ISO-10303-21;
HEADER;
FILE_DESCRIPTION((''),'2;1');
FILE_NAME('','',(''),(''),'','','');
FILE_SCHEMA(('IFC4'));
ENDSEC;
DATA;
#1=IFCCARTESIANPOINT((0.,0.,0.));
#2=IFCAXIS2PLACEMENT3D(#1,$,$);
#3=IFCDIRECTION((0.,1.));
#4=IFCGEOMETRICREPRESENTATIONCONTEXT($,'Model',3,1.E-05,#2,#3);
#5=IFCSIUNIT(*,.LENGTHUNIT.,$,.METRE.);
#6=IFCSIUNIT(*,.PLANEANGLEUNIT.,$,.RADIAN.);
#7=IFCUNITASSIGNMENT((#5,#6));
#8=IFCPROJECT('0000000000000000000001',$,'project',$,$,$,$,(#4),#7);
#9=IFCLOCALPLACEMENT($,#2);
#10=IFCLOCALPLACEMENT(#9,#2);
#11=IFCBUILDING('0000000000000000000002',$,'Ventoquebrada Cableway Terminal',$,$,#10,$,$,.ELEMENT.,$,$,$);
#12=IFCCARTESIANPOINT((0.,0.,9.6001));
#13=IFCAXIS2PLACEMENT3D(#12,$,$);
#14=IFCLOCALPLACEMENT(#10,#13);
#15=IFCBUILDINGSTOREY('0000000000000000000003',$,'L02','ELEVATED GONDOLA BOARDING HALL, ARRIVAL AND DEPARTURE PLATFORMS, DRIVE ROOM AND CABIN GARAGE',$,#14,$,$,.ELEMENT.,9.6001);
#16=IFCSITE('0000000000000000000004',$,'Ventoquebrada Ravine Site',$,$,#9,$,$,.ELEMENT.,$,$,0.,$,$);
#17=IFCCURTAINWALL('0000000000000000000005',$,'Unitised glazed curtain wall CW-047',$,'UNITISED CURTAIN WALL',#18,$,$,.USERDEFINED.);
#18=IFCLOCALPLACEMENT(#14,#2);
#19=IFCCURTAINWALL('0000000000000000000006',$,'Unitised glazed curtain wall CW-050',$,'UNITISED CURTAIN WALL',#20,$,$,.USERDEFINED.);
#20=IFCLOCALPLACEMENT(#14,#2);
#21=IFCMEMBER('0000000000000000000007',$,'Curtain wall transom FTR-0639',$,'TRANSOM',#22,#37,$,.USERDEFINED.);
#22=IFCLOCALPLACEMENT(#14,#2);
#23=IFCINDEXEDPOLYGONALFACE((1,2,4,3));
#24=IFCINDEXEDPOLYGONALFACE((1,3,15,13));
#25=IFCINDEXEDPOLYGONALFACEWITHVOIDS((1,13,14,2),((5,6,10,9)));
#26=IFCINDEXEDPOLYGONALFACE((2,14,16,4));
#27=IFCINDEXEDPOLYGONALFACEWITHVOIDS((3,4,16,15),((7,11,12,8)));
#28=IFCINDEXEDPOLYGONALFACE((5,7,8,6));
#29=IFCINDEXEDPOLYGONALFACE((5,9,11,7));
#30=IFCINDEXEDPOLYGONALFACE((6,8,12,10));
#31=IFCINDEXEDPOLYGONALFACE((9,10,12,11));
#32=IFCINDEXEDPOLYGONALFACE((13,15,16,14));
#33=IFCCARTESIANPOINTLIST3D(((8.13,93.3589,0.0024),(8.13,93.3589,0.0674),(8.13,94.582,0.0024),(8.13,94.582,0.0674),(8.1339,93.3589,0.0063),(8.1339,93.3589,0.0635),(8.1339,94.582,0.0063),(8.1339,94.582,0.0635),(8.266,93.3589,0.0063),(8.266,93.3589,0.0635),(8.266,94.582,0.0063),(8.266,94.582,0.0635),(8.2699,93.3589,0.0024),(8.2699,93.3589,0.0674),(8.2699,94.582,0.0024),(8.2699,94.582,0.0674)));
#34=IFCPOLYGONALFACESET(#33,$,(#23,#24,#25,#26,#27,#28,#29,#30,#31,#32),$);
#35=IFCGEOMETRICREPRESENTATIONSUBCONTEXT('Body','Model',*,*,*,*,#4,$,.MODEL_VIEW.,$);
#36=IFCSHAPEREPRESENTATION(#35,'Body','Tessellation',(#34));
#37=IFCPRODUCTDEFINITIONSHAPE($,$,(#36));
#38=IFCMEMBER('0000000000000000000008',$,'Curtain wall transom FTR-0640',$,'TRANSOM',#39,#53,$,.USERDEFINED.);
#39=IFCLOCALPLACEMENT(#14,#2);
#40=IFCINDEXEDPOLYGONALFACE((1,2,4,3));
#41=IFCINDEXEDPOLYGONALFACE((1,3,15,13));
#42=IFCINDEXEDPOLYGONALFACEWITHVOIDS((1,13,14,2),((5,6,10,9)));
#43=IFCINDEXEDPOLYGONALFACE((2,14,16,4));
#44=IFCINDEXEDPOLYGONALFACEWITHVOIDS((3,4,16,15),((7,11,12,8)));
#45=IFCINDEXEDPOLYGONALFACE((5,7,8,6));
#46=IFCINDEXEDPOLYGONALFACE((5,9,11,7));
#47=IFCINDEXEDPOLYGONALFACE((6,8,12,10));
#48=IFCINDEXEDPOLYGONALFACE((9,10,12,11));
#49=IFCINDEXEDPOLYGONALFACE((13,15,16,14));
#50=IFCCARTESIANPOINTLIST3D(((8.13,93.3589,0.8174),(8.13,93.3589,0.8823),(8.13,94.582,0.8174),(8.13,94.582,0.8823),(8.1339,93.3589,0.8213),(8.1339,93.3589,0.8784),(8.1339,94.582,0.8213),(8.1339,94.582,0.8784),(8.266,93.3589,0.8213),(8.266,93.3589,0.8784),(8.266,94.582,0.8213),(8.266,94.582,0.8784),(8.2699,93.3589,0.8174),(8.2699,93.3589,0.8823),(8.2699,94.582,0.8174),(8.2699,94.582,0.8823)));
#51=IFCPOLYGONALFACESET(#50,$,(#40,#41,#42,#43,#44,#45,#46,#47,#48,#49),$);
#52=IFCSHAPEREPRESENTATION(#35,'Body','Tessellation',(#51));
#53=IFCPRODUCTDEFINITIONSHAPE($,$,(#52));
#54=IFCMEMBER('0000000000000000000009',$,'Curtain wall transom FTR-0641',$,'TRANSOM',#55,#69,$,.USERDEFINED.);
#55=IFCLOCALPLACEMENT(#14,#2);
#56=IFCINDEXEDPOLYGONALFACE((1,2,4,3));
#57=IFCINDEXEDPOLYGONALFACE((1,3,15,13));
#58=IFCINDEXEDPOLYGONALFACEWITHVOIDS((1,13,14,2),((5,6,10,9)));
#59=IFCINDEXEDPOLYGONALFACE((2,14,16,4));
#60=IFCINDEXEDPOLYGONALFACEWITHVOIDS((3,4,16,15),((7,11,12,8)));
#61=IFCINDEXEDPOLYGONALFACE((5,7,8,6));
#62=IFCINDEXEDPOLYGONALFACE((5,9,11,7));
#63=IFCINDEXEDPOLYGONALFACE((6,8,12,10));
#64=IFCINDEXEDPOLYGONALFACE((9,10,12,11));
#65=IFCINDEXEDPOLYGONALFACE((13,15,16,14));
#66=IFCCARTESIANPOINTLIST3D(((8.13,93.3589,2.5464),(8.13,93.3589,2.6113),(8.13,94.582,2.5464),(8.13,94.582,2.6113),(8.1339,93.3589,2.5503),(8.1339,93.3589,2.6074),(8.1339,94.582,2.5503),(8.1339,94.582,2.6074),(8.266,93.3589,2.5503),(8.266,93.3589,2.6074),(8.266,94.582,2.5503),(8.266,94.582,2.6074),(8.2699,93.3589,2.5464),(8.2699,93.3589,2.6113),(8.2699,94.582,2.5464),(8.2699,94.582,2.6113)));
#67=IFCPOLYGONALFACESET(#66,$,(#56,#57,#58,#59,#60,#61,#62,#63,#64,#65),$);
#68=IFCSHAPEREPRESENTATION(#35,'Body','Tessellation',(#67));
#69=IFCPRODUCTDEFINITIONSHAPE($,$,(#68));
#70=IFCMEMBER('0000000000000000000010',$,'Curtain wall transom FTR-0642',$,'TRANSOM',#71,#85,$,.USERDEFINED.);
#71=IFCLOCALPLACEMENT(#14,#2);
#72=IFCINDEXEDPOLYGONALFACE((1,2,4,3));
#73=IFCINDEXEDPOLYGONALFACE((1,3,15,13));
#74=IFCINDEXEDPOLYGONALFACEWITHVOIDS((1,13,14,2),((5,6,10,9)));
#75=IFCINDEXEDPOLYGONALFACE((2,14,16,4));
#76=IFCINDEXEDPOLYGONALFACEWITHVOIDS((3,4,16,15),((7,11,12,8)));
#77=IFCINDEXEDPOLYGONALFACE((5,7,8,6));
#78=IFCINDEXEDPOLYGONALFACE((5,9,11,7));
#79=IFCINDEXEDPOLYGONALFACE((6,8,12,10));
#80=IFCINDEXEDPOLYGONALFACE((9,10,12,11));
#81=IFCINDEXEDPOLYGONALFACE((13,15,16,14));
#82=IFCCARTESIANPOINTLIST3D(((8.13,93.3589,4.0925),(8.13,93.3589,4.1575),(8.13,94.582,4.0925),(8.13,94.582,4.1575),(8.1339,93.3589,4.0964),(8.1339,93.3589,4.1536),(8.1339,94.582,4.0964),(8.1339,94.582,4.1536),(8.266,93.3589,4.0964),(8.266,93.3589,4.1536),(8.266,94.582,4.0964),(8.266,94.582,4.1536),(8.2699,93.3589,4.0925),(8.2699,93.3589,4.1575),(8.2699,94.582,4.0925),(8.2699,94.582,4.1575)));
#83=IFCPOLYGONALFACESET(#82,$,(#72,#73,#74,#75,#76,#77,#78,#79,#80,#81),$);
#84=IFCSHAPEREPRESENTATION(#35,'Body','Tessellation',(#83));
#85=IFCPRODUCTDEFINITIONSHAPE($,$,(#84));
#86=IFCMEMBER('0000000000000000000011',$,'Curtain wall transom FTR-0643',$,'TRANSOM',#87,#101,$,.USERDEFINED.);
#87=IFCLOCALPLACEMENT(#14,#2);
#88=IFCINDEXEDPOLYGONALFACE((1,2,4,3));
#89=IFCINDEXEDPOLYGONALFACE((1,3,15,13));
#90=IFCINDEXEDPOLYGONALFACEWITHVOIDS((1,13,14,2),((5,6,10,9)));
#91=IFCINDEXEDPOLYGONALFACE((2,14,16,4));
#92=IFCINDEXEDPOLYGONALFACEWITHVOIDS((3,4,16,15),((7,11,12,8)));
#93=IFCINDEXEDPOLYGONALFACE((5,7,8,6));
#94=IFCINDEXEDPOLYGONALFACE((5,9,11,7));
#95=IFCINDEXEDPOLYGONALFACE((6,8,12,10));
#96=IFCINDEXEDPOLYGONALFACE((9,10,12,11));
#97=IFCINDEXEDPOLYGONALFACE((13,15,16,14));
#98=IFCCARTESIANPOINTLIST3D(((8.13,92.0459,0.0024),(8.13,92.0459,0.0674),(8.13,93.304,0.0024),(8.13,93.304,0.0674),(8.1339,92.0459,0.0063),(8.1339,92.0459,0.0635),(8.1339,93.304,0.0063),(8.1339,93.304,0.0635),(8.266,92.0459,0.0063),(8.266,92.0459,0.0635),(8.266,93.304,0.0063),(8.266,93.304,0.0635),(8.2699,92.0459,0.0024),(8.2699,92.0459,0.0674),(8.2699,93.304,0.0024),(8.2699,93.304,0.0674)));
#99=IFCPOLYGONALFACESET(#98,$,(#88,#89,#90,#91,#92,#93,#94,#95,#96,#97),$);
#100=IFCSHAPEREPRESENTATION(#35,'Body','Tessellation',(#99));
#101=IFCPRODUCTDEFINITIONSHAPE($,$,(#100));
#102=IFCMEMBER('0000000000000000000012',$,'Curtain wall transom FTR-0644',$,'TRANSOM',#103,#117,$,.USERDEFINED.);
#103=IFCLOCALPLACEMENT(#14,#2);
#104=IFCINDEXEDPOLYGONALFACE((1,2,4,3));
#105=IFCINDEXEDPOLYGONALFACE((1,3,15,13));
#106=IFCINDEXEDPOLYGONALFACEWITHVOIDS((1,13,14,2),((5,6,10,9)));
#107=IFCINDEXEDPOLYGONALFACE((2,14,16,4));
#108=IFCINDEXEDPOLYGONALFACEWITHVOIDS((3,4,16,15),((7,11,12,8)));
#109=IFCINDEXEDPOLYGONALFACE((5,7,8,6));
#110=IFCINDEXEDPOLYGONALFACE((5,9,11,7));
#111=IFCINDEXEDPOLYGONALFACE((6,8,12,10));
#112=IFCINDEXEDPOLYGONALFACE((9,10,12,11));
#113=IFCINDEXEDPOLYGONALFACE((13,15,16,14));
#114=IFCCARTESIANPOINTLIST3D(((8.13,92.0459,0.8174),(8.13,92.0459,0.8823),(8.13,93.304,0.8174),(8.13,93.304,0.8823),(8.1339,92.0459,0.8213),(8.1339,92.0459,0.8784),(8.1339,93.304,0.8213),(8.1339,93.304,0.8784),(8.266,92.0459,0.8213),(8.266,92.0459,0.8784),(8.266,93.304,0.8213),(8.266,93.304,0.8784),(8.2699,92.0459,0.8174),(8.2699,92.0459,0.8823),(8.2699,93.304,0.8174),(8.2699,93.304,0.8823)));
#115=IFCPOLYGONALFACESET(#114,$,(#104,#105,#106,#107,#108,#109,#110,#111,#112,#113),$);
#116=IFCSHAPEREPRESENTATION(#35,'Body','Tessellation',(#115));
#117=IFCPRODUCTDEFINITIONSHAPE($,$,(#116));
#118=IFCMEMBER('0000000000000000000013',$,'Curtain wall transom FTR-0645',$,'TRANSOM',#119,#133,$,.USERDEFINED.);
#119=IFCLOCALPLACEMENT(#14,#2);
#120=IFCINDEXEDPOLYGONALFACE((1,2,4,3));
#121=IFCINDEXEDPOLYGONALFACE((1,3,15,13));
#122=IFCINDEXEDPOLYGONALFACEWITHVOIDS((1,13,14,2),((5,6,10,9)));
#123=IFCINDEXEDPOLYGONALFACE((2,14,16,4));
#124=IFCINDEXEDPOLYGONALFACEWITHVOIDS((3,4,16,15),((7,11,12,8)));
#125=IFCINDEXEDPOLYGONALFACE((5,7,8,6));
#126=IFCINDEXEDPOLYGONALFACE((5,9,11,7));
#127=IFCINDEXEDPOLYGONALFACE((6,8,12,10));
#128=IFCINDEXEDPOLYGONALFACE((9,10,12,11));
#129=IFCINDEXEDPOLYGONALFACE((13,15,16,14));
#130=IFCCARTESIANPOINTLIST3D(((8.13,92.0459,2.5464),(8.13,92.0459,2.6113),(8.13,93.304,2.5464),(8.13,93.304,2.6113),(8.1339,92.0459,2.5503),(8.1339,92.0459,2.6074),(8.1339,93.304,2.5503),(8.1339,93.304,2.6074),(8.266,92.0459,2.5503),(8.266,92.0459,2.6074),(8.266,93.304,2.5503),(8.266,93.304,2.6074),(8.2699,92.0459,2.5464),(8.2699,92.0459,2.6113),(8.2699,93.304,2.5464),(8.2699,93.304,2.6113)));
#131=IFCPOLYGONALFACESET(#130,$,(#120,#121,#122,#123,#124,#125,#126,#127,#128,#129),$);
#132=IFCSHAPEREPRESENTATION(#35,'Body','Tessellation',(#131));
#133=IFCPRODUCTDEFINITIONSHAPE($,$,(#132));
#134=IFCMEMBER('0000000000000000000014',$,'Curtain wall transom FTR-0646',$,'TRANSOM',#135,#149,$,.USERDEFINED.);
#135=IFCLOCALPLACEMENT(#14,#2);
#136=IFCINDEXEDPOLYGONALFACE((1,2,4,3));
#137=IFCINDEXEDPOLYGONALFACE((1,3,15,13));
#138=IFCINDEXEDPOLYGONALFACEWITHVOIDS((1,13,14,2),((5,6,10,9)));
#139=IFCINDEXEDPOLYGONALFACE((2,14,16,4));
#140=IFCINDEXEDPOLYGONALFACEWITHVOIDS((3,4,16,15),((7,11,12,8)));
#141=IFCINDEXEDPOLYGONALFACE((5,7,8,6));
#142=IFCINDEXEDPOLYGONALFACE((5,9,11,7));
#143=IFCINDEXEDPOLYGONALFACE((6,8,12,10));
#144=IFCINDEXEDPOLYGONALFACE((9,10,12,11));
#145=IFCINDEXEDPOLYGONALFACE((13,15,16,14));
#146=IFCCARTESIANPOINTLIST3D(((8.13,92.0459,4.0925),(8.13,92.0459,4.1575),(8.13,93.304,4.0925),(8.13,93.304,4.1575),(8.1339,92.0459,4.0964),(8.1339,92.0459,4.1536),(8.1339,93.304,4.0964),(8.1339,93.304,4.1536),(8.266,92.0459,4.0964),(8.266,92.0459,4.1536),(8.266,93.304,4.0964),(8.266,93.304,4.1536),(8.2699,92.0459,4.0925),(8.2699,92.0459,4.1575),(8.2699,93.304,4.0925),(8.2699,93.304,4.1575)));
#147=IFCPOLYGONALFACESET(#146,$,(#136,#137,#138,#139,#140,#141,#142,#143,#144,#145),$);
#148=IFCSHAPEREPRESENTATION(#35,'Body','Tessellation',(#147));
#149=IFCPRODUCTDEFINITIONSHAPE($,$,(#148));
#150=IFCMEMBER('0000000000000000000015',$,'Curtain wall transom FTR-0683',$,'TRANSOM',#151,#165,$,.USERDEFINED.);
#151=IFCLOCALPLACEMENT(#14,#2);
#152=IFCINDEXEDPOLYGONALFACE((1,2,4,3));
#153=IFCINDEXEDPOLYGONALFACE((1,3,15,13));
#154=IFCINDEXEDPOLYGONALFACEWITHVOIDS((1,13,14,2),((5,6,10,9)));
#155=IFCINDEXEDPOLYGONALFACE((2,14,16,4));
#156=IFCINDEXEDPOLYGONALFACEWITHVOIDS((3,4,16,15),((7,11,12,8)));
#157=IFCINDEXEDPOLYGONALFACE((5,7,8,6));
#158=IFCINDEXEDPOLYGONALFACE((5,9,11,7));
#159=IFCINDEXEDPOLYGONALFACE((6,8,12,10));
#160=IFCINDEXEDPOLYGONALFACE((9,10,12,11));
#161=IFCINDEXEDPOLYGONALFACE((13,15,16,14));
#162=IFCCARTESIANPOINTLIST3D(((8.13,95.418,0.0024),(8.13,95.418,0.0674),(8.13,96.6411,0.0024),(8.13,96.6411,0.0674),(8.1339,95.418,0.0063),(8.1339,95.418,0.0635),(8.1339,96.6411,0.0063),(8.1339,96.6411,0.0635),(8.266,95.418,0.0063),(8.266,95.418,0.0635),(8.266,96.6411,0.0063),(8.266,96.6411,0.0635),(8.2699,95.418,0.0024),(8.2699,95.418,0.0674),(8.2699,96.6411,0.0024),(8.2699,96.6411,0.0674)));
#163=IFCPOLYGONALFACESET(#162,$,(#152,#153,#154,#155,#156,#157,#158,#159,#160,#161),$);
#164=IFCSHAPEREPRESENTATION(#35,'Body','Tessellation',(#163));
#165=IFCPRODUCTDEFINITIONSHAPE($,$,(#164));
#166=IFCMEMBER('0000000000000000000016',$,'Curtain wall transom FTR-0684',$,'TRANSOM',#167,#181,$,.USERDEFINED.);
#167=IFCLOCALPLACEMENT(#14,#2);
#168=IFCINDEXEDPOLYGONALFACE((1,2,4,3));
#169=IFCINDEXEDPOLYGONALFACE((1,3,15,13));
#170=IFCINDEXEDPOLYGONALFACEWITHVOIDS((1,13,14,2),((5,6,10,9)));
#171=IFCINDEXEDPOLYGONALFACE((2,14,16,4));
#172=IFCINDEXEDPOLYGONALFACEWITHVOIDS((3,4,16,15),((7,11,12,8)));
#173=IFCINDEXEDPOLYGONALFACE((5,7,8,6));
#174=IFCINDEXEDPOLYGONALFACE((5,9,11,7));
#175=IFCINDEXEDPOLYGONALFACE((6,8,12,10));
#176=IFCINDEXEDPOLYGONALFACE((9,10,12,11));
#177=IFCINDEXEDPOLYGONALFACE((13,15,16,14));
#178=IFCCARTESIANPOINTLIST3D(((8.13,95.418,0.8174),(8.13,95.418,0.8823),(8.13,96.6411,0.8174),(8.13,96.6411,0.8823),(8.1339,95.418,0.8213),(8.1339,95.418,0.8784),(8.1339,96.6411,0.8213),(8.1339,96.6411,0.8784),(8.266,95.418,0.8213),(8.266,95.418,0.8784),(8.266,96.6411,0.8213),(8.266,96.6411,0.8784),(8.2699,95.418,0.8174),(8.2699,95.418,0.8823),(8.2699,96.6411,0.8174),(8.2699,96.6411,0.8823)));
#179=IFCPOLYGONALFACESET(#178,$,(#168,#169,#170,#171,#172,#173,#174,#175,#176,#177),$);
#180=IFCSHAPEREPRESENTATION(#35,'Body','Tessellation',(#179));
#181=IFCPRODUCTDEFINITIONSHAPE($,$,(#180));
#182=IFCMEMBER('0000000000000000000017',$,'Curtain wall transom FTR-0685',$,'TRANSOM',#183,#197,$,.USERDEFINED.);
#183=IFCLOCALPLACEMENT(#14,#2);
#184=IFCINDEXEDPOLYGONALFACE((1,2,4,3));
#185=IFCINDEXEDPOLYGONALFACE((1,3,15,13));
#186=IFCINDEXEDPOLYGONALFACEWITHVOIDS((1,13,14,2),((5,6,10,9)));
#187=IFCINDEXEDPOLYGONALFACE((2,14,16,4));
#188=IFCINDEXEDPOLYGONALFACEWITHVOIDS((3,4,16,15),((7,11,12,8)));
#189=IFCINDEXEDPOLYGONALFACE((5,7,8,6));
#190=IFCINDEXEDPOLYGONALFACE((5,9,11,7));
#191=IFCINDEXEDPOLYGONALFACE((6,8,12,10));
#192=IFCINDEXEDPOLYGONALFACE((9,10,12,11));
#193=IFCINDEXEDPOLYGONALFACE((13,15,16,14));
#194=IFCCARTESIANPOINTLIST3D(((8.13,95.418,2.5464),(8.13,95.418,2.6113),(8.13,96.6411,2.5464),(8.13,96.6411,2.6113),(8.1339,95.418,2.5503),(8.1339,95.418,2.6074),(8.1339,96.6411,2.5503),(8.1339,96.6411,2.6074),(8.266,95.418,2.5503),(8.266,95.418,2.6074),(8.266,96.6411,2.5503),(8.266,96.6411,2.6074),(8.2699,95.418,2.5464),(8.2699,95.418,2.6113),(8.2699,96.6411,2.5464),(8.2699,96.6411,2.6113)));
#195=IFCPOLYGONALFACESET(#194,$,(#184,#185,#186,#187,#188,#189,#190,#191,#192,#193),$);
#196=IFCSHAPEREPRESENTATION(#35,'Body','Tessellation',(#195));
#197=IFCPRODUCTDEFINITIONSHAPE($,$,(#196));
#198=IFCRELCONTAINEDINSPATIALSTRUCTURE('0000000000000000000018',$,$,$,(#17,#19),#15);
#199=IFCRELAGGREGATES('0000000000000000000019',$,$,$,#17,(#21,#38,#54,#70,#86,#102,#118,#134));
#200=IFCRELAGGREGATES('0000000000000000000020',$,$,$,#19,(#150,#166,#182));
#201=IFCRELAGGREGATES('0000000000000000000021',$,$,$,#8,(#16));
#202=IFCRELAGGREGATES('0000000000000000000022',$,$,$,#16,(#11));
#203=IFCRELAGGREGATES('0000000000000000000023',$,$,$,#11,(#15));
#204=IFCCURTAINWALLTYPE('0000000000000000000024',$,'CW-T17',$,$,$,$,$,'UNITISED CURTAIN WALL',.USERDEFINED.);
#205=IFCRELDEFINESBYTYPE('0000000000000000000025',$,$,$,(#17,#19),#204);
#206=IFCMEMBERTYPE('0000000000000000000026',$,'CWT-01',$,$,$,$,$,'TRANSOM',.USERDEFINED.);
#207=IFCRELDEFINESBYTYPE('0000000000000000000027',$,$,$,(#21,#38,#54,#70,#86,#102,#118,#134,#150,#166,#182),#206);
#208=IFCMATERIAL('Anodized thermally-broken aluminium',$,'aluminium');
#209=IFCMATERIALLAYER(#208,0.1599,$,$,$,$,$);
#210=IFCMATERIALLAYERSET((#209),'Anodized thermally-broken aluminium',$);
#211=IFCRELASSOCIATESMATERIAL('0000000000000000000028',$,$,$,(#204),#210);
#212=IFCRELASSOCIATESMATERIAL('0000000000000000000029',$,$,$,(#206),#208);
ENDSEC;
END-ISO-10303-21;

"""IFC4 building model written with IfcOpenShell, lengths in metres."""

from ifc_helpers import new_model, si_unit, direction, frame, origin, origin_2d, place, context, subcontext, project, spatial, hollow_rectangle, extrude, material, layer, layer_set, material_profile, profile_set, type_object, element, aggregate, save


model = new_model("IFC4")

# Units and contexts
model_context = context("Model", 3, precision=1e-05, world=origin(), true_north=direction((0.0, 1.0)))
body_context = subcontext(model_context, "Body", "Model", "MODEL_VIEW")
ifc_project = project(units=[si_unit("LENGTHUNIT", "METRE"), si_unit("PLANEANGLEUNIT", "RADIAN")], contexts=[model_context])

# Site, building, storey
site_placement = place(None, origin())
site = spatial("IfcSite", under=ifc_project, at=site_placement, Name="Ventoquebrada Ravine Site", CompositionType="ELEMENT", RefElevation=0.0)
building_placement = place(site_placement, origin())
building = spatial("IfcBuilding", under=site, at=building_placement, Name="Ventoquebrada Cableway Terminal", CompositionType="ELEMENT")
storey_placement = place(building_placement, frame((0.0, 0.0, 9.6001)))
storey = spatial("IfcBuildingStorey", under=building, at=storey_placement, Name="L02", Description="ELEVATED GONDOLA BOARDING HALL, ARRIVAL AND DEPARTURE PLATFORMS, DRIVE ROOM AND CABIN GARAGE", CompositionType="ELEMENT", Elevation=9.6001)

# Curtain walls
ifc_material_1 = material(Name="Anodized thermally-broken aluminium", Category="aluminium")
ifc_layer_1 = layer(ifc_material_1, 0.1599)
ifc_layer_set_1 = layer_set([ifc_layer_1], Name="Anodized thermally-broken aluminium")
curtain_wall_type = type_object("IfcCurtainWallType", Name="CW-T17", ElementType="UNITISED CURTAIN WALL", PredefinedType="USERDEFINED", material=ifc_layer_set_1)
curtain_wall_1_placement = place(storey_placement, origin())
curtain_wall_1 = element("IfcCurtainWall", 1, at=curtain_wall_1_placement, inside=storey, type_object=curtain_wall_type, Name="Unitised glazed curtain wall CW-047", ObjectType="UNITISED CURTAIN WALL", PredefinedType="USERDEFINED")
curtain_wall_2_placement = place(storey_placement, origin())
curtain_wall_2 = element("IfcCurtainWall", 2, at=curtain_wall_2_placement, inside=storey, type_object=curtain_wall_type, Name="Unitised glazed curtain wall CW-050", ObjectType="UNITISED CURTAIN WALL", PredefinedType="USERDEFINED")

# Members
ifc_material_profile_1 = material_profile(ifc_material_1, hollow_rectangle(XDim=0.0649, YDim=0.1399, WallThickness=0.0039, at=origin_2d()), Name="CW-TRN-65X140")
ifc_profile_set_1 = profile_set([ifc_material_profile_1], Name="Anodized thermally-broken aluminium")
member_type_1 = type_object("IfcMemberType", Name="CWT-01", ElementType="TRANSOM", PredefinedType="USERDEFINED", material=ifc_profile_set_1)
member_1_placement = place(storey_placement, frame((8.2, 94.582, 0.0349), z_axis=(0.0, -1.0, 0.0), x_axis=(0.0, 0.0, 1.0)))
member_1 = element("IfcMember", 3, at=member_1_placement, type_object=member_type_1, Name="Curtain wall transom FTR-0639", ObjectType="TRANSOM", PredefinedType="USERDEFINED", context=body_context, shape_type="SweptSolid", body=[
    extrude(hollow_rectangle(XDim=0.0649, YDim=0.1399, WallThickness=0.0039, at=origin_2d()), origin(), (0.0, 0.0, 1.0), 1.2231),
])
member_2_placement = place(storey_placement, frame((8.2, 94.582, 0.8499), z_axis=(0.0, -1.0, 0.0), x_axis=(0.0, 0.0, 1.0)))
member_2 = element("IfcMember", 4, at=member_2_placement, type_object=member_type_1, Name="Curtain wall transom FTR-0640", ObjectType="TRANSOM", PredefinedType="USERDEFINED", context=body_context, shape_type="SweptSolid", body=[
    extrude(hollow_rectangle(XDim=0.0649, YDim=0.1399, WallThickness=0.0039, at=origin_2d()), origin(), (0.0, 0.0, 1.0), 1.2231),
])
member_3_placement = place(storey_placement, frame((8.2, 94.582, 2.5789), z_axis=(0.0, -1.0, 0.0), x_axis=(0.0, 0.0, 1.0)))
member_3 = element("IfcMember", 5, at=member_3_placement, type_object=member_type_1, Name="Curtain wall transom FTR-0641", ObjectType="TRANSOM", PredefinedType="USERDEFINED", context=body_context, shape_type="SweptSolid", body=[
    extrude(hollow_rectangle(XDim=0.0649, YDim=0.1399, WallThickness=0.0039, at=origin_2d()), origin(), (0.0, 0.0, 1.0), 1.2231),
])
member_4_placement = place(storey_placement, frame((8.2, 94.582, 4.125), z_axis=(0.0, -1.0, 0.0), x_axis=(0.0, 0.0, 1.0)))
member_4 = element("IfcMember", 6, at=member_4_placement, type_object=member_type_1, Name="Curtain wall transom FTR-0642", ObjectType="TRANSOM", PredefinedType="USERDEFINED", context=body_context, shape_type="SweptSolid", body=[
    extrude(hollow_rectangle(XDim=0.0649, YDim=0.1399, WallThickness=0.0039, at=origin_2d()), origin(), (0.0, 0.0, 1.0), 1.2231),
])
member_5_placement = place(storey_placement, frame((8.2, 93.304, 0.0349), z_axis=(0.0, -1.0, 0.0), x_axis=(0.0, 0.0, 1.0)))
member_5 = element("IfcMember", 7, at=member_5_placement, type_object=member_type_1, Name="Curtain wall transom FTR-0643", ObjectType="TRANSOM", PredefinedType="USERDEFINED", context=body_context, shape_type="SweptSolid", body=[
    extrude(hollow_rectangle(XDim=0.0649, YDim=0.1399, WallThickness=0.0039, at=origin_2d()), origin(), (0.0, 0.0, 1.0), 1.2581),
])
member_6_placement = place(storey_placement, frame((8.2, 93.304, 0.8499), z_axis=(0.0, -1.0, 0.0), x_axis=(0.0, 0.0, 1.0)))
member_6 = element("IfcMember", 8, at=member_6_placement, type_object=member_type_1, Name="Curtain wall transom FTR-0644", ObjectType="TRANSOM", PredefinedType="USERDEFINED", context=body_context, shape_type="SweptSolid", body=[
    extrude(hollow_rectangle(XDim=0.0649, YDim=0.1399, WallThickness=0.0039, at=origin_2d()), origin(), (0.0, 0.0, 1.0), 1.2581),
])
member_7_placement = place(storey_placement, frame((8.2, 93.304, 2.5789), z_axis=(0.0, -1.0, 0.0), x_axis=(0.0, 0.0, 1.0)))
member_7 = element("IfcMember", 9, at=member_7_placement, type_object=member_type_1, Name="Curtain wall transom FTR-0645", ObjectType="TRANSOM", PredefinedType="USERDEFINED", context=body_context, shape_type="SweptSolid", body=[
    extrude(hollow_rectangle(XDim=0.0649, YDim=0.1399, WallThickness=0.0039, at=origin_2d()), origin(), (0.0, 0.0, 1.0), 1.2581),
])
member_8_placement = place(storey_placement, frame((8.2, 93.304, 4.125), z_axis=(0.0, -1.0, 0.0), x_axis=(0.0, 0.0, 1.0)))
member_8 = element("IfcMember", 10, at=member_8_placement, type_object=member_type_1, Name="Curtain wall transom FTR-0646", ObjectType="TRANSOM", PredefinedType="USERDEFINED", context=body_context, shape_type="SweptSolid", body=[
    extrude(hollow_rectangle(XDim=0.0649, YDim=0.1399, WallThickness=0.0039, at=origin_2d()), origin(), (0.0, 0.0, 1.0), 1.2581),
])
member_9_placement = place(storey_placement, frame((8.2, 96.6411, 0.0349), z_axis=(0.0, -1.0, 0.0), x_axis=(0.0, 0.0, 1.0)))
member_9 = element("IfcMember", 11, at=member_9_placement, type_object=member_type_1, Name="Curtain wall transom FTR-0683", ObjectType="TRANSOM", PredefinedType="USERDEFINED", context=body_context, shape_type="SweptSolid", body=[
    extrude(hollow_rectangle(XDim=0.0649, YDim=0.1399, WallThickness=0.0039, at=origin_2d()), origin(), (0.0, 0.0, 1.0), 1.2231),
])
member_10_placement = place(storey_placement, frame((8.2, 96.6411, 0.8499), z_axis=(0.0, -1.0, 0.0), x_axis=(0.0, 0.0, 1.0)))
member_10 = element("IfcMember", 12, at=member_10_placement, type_object=member_type_1, Name="Curtain wall transom FTR-0684", ObjectType="TRANSOM", PredefinedType="USERDEFINED", context=body_context, shape_type="SweptSolid", body=[
    extrude(hollow_rectangle(XDim=0.0649, YDim=0.1399, WallThickness=0.0039, at=origin_2d()), origin(), (0.0, 0.0, 1.0), 1.2231),
])
member_11_placement = place(storey_placement, frame((8.2, 96.6411, 2.5789), z_axis=(0.0, -1.0, 0.0), x_axis=(0.0, 0.0, 1.0)))
member_11 = element("IfcMember", 13, at=member_11_placement, type_object=member_type_1, Name="Curtain wall transom FTR-0685", ObjectType="TRANSOM", PredefinedType="USERDEFINED", context=body_context, shape_type="SweptSolid", body=[
    extrude(hollow_rectangle(XDim=0.0649, YDim=0.1399, WallThickness=0.0039, at=origin_2d()), origin(), (0.0, 0.0, 1.0), 1.2231),
])

aggregate(curtain_wall_1, [member_1, member_2, member_3, member_4, member_5, member_6, member_7, member_8])
aggregate(curtain_wall_2, [member_9, member_10, member_11])

save(model, "model.ifc")
